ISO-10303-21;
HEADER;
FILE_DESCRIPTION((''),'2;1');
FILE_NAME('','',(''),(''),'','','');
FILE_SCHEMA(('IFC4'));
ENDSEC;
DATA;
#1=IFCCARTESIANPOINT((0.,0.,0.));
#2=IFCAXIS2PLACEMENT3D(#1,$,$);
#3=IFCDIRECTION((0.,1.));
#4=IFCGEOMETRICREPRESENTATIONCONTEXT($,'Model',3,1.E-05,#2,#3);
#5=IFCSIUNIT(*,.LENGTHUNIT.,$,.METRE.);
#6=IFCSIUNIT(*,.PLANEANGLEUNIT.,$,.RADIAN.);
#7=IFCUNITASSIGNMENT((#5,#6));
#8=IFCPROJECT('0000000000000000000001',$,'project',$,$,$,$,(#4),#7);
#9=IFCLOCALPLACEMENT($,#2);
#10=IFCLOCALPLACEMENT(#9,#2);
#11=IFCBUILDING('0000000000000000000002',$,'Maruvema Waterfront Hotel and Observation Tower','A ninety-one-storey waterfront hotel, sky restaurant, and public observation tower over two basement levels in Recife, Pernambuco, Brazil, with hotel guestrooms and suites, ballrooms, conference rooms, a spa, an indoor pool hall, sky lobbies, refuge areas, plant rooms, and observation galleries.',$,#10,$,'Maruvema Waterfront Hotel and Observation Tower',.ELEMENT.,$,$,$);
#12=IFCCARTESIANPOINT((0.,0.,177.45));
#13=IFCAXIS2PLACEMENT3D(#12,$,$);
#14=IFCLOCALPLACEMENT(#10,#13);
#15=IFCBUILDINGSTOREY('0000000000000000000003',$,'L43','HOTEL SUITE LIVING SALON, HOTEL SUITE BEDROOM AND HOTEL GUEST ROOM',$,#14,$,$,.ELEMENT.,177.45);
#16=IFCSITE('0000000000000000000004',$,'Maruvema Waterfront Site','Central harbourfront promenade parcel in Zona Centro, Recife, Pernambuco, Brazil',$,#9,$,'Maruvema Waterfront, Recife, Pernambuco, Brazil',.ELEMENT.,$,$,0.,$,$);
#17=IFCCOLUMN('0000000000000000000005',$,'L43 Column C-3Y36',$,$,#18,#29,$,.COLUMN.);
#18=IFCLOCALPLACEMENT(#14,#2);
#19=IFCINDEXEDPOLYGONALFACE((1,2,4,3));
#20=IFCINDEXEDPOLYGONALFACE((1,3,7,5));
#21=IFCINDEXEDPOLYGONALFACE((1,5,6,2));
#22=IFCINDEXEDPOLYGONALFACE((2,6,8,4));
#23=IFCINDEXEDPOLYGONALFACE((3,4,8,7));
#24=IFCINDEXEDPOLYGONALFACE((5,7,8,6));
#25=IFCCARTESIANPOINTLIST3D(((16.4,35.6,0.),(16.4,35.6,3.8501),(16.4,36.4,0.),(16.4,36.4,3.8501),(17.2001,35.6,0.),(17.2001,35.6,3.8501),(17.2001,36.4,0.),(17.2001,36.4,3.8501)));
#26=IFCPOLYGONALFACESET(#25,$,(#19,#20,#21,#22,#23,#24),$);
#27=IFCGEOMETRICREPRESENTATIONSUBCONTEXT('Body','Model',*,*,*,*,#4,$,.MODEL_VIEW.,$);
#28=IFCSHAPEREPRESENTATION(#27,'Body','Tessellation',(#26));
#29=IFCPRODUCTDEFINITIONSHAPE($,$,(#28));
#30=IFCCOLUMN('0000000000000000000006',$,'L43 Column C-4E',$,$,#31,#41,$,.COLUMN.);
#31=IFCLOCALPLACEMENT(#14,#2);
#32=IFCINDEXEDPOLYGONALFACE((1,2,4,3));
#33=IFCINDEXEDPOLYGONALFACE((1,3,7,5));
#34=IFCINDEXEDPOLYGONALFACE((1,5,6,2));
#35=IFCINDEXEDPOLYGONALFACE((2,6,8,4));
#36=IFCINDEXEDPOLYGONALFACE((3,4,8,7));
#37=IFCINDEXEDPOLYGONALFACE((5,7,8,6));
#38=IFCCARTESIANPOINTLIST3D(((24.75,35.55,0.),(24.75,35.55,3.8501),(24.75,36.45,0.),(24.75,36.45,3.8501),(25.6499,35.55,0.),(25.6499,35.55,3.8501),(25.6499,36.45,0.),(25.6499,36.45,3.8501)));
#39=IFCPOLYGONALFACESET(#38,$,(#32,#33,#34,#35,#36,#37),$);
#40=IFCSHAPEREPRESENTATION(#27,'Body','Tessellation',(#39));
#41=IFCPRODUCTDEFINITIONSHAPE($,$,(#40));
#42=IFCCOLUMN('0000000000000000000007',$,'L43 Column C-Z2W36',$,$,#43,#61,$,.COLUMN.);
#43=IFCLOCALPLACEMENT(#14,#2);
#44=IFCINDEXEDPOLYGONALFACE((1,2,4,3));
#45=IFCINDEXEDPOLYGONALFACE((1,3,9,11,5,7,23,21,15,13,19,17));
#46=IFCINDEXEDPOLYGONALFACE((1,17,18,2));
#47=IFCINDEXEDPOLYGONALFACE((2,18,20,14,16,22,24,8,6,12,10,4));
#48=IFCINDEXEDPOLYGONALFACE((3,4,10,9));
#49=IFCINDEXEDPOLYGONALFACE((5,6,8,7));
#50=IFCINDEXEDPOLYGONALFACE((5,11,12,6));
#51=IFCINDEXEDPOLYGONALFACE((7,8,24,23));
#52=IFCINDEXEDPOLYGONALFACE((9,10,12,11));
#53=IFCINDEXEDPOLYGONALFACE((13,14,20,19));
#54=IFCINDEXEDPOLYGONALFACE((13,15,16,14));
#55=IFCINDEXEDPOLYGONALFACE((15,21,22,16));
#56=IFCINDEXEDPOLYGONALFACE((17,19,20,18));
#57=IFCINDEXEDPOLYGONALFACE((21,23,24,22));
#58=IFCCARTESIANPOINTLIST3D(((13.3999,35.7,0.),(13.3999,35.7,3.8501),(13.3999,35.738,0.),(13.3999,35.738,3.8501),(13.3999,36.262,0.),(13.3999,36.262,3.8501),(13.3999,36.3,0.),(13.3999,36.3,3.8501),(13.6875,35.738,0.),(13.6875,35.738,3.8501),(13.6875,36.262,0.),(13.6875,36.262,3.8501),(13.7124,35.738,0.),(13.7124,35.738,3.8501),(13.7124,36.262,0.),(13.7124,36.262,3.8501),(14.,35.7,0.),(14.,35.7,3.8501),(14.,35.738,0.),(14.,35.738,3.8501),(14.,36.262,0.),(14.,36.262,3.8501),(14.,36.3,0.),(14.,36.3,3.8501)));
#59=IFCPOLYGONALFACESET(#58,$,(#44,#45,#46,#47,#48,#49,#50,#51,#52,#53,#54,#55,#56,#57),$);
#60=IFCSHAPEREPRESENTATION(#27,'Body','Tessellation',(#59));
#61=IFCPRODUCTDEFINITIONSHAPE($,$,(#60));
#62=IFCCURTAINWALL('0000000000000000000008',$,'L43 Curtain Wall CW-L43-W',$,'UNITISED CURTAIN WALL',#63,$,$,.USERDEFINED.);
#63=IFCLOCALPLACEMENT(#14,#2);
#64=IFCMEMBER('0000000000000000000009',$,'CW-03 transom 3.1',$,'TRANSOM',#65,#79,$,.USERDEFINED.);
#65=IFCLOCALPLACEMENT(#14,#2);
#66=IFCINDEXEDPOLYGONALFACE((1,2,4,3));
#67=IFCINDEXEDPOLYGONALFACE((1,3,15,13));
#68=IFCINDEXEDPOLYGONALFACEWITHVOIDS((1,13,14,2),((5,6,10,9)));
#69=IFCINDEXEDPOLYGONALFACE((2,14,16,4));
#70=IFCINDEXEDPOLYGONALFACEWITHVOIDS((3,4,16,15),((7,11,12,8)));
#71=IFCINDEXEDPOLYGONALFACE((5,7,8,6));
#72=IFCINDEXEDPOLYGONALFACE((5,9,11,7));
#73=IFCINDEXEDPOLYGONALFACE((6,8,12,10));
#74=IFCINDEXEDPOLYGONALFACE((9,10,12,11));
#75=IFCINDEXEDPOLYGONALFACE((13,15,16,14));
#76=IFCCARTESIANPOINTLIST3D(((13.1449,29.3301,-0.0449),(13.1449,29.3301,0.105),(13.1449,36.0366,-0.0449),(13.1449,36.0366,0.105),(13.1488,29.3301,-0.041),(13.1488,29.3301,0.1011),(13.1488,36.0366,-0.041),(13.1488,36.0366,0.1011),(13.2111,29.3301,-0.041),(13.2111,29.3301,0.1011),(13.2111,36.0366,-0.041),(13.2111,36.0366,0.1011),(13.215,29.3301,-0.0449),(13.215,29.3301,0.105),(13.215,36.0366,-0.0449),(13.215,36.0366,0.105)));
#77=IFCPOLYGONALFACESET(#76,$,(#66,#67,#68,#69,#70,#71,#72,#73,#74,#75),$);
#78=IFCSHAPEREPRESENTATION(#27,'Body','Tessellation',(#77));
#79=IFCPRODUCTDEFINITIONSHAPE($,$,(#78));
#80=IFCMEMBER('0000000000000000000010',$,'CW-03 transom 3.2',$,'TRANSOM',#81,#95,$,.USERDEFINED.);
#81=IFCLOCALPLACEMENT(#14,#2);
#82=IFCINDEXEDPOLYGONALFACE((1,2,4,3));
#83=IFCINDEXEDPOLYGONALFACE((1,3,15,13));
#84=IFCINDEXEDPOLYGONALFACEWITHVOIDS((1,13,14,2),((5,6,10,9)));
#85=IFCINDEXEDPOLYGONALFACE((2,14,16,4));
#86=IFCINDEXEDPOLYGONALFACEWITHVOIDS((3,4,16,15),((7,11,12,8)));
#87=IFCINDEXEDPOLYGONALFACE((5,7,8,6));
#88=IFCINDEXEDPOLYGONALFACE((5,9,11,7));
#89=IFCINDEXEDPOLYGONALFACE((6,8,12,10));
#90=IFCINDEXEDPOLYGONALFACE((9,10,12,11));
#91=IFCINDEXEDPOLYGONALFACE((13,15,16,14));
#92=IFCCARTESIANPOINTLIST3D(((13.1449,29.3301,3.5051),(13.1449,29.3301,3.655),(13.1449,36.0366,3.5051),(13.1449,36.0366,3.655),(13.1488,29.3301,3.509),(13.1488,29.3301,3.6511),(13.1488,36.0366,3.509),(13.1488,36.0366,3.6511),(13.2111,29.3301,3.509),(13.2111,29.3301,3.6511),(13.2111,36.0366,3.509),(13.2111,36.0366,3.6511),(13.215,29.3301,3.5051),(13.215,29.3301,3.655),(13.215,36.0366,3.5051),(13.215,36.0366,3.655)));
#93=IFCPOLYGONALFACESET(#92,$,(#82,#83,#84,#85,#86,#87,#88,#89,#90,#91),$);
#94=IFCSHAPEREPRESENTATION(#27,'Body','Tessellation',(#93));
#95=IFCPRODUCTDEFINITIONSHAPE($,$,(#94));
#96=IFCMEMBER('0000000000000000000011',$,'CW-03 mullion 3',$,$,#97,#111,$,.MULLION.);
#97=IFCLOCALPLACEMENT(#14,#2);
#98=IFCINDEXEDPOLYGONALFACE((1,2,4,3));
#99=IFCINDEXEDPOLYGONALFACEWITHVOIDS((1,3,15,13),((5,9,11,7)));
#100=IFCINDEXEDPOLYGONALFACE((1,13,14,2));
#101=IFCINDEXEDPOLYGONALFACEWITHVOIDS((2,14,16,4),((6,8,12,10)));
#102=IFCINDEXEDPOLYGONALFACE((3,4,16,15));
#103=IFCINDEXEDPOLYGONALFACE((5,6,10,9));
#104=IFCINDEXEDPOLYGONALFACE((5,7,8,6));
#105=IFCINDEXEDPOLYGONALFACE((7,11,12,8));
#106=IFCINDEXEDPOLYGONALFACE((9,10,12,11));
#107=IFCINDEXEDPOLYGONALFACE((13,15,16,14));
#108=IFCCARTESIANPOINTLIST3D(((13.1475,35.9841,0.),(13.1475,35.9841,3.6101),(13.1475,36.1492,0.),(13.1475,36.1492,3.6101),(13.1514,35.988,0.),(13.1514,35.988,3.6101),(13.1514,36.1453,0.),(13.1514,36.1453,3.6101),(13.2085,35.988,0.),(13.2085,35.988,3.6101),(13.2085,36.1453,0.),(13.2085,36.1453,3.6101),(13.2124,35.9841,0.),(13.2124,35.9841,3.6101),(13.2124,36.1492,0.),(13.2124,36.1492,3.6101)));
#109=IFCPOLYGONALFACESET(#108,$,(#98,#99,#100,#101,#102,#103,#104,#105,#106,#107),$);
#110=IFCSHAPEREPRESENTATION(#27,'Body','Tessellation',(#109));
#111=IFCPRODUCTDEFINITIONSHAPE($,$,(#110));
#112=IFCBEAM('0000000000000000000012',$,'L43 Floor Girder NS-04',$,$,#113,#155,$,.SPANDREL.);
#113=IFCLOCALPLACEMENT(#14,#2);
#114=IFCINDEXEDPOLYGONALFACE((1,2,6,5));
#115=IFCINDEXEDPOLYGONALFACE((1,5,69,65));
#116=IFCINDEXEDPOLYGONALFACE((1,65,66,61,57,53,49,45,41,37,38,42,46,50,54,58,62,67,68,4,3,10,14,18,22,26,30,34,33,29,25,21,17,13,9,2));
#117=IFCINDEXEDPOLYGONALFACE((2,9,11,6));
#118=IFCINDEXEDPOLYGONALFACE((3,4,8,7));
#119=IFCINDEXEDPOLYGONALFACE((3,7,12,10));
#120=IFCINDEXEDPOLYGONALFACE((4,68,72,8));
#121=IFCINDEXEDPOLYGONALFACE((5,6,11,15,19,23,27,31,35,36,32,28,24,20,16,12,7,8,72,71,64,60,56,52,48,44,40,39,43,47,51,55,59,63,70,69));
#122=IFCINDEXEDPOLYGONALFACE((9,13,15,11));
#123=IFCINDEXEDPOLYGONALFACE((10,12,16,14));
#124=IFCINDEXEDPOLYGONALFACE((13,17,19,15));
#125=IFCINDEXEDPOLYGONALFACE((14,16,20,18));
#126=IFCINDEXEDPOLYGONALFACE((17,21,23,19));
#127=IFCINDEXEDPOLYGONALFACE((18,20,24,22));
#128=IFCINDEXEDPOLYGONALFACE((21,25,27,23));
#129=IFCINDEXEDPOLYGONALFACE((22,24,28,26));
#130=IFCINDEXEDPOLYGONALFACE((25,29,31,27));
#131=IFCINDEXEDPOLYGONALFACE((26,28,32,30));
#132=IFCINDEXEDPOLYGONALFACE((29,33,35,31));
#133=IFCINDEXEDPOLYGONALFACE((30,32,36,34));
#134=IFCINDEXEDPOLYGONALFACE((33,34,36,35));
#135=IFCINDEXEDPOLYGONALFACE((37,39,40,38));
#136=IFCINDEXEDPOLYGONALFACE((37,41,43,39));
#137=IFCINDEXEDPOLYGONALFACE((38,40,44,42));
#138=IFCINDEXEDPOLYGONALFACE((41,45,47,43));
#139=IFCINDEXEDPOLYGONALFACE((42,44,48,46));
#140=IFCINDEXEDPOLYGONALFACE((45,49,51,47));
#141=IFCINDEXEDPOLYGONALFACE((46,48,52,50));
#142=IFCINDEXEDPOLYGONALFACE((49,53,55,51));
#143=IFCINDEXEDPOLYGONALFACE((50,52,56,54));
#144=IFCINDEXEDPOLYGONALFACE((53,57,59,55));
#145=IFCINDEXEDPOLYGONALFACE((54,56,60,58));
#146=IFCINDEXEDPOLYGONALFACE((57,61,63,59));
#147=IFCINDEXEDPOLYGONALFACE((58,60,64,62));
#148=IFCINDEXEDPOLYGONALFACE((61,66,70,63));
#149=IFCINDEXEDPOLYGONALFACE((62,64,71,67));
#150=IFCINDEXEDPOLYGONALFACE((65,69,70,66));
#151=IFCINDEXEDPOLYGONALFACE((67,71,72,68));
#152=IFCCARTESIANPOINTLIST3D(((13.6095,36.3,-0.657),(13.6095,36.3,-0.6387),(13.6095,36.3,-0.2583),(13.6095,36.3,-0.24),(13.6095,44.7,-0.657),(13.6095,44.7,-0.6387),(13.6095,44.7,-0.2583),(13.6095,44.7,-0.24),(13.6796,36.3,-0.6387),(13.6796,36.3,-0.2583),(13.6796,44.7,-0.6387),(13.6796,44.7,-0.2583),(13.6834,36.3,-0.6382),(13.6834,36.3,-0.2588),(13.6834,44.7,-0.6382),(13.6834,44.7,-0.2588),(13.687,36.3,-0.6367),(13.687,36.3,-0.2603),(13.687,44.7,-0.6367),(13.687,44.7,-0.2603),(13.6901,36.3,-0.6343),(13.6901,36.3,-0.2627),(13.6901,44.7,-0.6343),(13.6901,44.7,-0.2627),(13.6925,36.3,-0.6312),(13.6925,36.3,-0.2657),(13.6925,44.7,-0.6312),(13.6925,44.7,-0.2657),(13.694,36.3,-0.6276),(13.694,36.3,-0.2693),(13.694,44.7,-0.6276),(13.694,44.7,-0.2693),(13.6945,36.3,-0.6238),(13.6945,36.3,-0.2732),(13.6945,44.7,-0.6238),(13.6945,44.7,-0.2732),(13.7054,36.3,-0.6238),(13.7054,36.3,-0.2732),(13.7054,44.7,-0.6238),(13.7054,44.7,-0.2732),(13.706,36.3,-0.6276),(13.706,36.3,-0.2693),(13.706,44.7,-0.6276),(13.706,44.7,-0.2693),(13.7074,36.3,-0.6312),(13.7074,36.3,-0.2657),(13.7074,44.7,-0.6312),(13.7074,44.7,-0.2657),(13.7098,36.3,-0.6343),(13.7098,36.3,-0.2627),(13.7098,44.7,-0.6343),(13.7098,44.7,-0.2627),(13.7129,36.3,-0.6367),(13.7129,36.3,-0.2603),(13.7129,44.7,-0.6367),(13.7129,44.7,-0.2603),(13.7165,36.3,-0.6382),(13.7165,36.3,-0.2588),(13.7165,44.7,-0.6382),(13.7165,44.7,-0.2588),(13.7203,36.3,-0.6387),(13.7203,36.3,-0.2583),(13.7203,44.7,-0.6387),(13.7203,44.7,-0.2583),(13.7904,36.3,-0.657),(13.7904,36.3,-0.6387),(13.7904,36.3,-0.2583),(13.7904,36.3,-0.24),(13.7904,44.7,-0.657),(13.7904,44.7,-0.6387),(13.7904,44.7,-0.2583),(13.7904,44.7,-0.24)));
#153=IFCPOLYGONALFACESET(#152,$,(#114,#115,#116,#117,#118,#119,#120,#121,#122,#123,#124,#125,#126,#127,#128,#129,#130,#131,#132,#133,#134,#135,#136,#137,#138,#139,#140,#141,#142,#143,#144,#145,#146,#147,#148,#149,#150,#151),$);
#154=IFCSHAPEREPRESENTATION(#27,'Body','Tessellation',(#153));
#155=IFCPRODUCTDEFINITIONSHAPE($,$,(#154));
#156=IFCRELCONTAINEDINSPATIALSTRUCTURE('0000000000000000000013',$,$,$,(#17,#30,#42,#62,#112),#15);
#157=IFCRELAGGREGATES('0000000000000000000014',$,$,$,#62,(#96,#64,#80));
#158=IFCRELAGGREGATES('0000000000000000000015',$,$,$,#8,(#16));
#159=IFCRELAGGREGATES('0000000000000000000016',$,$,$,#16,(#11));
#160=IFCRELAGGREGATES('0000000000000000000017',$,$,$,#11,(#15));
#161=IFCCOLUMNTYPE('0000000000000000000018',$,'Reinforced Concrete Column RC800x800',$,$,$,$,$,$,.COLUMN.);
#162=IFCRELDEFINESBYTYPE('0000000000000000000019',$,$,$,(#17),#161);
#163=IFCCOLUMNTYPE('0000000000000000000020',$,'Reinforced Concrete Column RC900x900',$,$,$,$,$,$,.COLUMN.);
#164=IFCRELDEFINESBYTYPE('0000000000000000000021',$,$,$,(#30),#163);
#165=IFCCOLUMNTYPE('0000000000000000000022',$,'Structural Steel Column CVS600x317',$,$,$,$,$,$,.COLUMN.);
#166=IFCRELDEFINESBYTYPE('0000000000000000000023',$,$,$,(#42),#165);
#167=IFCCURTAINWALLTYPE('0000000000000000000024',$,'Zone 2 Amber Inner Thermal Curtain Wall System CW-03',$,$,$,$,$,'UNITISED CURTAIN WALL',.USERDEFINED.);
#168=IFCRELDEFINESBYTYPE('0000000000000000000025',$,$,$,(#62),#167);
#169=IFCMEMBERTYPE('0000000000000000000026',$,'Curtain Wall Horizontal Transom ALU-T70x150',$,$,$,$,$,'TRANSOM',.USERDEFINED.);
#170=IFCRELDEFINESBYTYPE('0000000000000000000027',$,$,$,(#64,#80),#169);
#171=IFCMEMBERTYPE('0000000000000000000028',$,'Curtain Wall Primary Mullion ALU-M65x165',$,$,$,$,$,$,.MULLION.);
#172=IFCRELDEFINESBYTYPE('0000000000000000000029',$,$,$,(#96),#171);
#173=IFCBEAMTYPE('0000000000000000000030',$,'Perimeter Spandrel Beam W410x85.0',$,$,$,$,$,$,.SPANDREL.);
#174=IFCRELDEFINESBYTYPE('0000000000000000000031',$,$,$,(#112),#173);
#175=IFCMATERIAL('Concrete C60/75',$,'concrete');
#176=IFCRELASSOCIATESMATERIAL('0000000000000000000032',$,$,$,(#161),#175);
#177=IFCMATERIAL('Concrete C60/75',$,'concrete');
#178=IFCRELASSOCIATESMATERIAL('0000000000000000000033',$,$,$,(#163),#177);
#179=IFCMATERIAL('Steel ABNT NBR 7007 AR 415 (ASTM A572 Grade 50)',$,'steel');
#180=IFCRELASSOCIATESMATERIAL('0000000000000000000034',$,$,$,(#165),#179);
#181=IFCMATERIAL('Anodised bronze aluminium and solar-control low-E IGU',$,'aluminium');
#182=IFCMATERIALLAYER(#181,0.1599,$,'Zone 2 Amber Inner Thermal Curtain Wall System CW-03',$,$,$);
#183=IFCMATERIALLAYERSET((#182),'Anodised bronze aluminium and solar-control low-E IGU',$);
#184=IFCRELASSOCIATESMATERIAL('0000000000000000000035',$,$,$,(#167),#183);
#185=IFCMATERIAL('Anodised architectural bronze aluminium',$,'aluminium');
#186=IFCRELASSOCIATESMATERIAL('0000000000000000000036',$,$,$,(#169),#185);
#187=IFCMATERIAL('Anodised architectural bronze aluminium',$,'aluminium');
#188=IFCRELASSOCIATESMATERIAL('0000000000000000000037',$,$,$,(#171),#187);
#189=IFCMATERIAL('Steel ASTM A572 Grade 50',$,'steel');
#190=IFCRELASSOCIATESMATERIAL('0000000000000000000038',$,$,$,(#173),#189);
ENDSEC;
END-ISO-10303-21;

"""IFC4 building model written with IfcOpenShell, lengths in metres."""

from ifc_helpers import new_model, si_unit, direction, frame, origin, origin_2d, place, context, subcontext, project, spatial, rectangle, hollow_rectangle, i_section, extrude, material, layer, layer_set, material_profile, profile_set, type_object, element, aggregate, save


model = new_model("IFC4")

# Units and contexts
model_context = context("Model", 3, precision=1e-05, world=origin(), true_north=direction((0.0, 1.0)))
body_context = subcontext(model_context, "Body", "Model", "MODEL_VIEW")
ifc_project = project(units=[si_unit("LENGTHUNIT", "METRE"), si_unit("PLANEANGLEUNIT", "RADIAN")], contexts=[model_context])

# Site, building, storey
site_placement = place(None, origin())
site = spatial("IfcSite", under=ifc_project, at=site_placement, Name="Maruvema Waterfront Site", Description="Central harbourfront promenade parcel in Zona Centro, Recife, Pernambuco, Brazil", LongName="Maruvema Waterfront, Recife, Pernambuco, Brazil", CompositionType="ELEMENT", RefElevation=0.0)
building_placement = place(site_placement, origin())
building = spatial("IfcBuilding", under=site, at=building_placement, Name="Maruvema Waterfront Hotel and Observation Tower", Description="A ninety-one-storey waterfront hotel, sky restaurant, and public observation tower over two basement levels in Recife, Pernambuco, Brazil, with hotel guestrooms and suites, ballrooms, conference rooms, a spa, an indoor pool hall, sky lobbies, refuge areas, plant rooms, and observation galleries.", LongName="Maruvema Waterfront Hotel and Observation Tower", CompositionType="ELEMENT")
storey_placement = place(building_placement, frame((0.0, 0.0, 177.45)))
storey = spatial("IfcBuildingStorey", under=building, at=storey_placement, Name="L43", Description="HOTEL SUITE LIVING SALON, HOTEL SUITE BEDROOM AND HOTEL GUEST ROOM", CompositionType="ELEMENT", Elevation=177.45)

# Columns
ifc_material_1 = material(Name="Concrete C60/75", Category="concrete")
ifc_material_profile_1 = material_profile(ifc_material_1, rectangle(XDim=0.8, YDim=0.8, at=origin_2d()), Name="RC800x800")
ifc_profile_set_1 = profile_set([ifc_material_profile_1], Name="Concrete C60/75")
column_type_1 = type_object("IfcColumnType", Name="Reinforced Concrete Column RC800x800", PredefinedType="COLUMN", material=ifc_profile_set_1)
column_1_placement = place(storey_placement, frame((16.8, 36.0, 0.0), z_axis=(0.0, 0.0, 1.0), x_axis=(1.0, 0.0, 0.0)))
element("IfcColumn", 1, at=column_1_placement, inside=storey, type_object=column_type_1, Name="L43 Column C-3Y36", PredefinedType="COLUMN", context=body_context, shape_type="SweptSolid", body=[
    extrude(rectangle(XDim=0.8, YDim=0.8, at=origin_2d()), origin(), (0.0, 0.0, 1.0), 3.8501),
])
ifc_material_2 = material(Name="Concrete C60/75", Category="concrete")
ifc_material_profile_2 = material_profile(ifc_material_2, rectangle(XDim=0.8999, YDim=0.8999, at=origin_2d()), Name="RC900x900")
ifc_profile_set_2 = profile_set([ifc_material_profile_2], Name="Concrete C60/75")
column_type_2 = type_object("IfcColumnType", Name="Reinforced Concrete Column RC900x900", PredefinedType="COLUMN", material=ifc_profile_set_2)
column_2_placement = place(storey_placement, frame((25.2, 36.0, 0.0), z_axis=(0.0, 0.0, 1.0), x_axis=(1.0, 0.0, 0.0)))
element("IfcColumn", 2, at=column_2_placement, inside=storey, type_object=column_type_2, Name="L43 Column C-4E", PredefinedType="COLUMN", context=body_context, shape_type="SweptSolid", body=[
    extrude(rectangle(XDim=0.8999, YDim=0.8999, at=origin_2d()), origin(), (0.0, 0.0, 1.0), 3.8501),
])
ifc_material_3 = material(Name="Steel ABNT NBR 7007 AR 415 (ASTM A572 Grade 50)", Category="steel")
ifc_material_profile_3 = material_profile(ifc_material_3, i_section(OverallWidth=0.6001, OverallDepth=0.6001, WebThickness=0.0249, FlangeThickness=0.0381, at=origin_2d()), Name="CVS600x317")
ifc_profile_set_3 = profile_set([ifc_material_profile_3], Name="Steel ABNT NBR 7007 AR 415 (ASTM A572 Grade 50)")
column_type_3 = type_object("IfcColumnType", Name="Structural Steel Column CVS600x317", PredefinedType="COLUMN", material=ifc_profile_set_3)
column_3_placement = place(storey_placement, frame((13.7, 36.0, 0.0), z_axis=(0.0, 0.0, 1.0), x_axis=(1.0, 0.0, 0.0)))
element("IfcColumn", 3, at=column_3_placement, inside=storey, type_object=column_type_3, Name="L43 Column C-Z2W36", PredefinedType="COLUMN", context=body_context, shape_type="SweptSolid", body=[
    extrude(i_section(OverallWidth=0.6001, OverallDepth=0.6001, WebThickness=0.0249, FlangeThickness=0.0381, at=origin_2d()), origin(), (0.0, 0.0, 1.0), 3.8501),
])

# Curtain wall, members
ifc_material_4 = material(Name="Anodised bronze aluminium and solar-control low-E IGU", Category="aluminium")
ifc_layer_1 = layer(ifc_material_4, 0.1599, Name="Zone 2 Amber Inner Thermal Curtain Wall System CW-03")
ifc_layer_set_1 = layer_set([ifc_layer_1], Name="Anodised bronze aluminium and solar-control low-E IGU")
curtain_wall_type = type_object("IfcCurtainWallType", Name="Zone 2 Amber Inner Thermal Curtain Wall System CW-03", ElementType="UNITISED CURTAIN WALL", PredefinedType="USERDEFINED", material=ifc_layer_set_1)
curtain_wall_placement = place(storey_placement, origin())
curtain_wall = element("IfcCurtainWall", 4, at=curtain_wall_placement, inside=storey, type_object=curtain_wall_type, Name="L43 Curtain Wall CW-L43-W", ObjectType="UNITISED CURTAIN WALL", PredefinedType="USERDEFINED")
ifc_material_5 = material(Name="Anodised architectural bronze aluminium", Category="aluminium")
ifc_material_profile_4 = material_profile(ifc_material_5, hollow_rectangle(XDim=0.0701, YDim=0.1499, WallThickness=0.0039, at=origin_2d()), Name="ALU-T70x150")
ifc_profile_set_4 = profile_set([ifc_material_profile_4], Name="Anodised architectural bronze aluminium")
member_type_1 = type_object("IfcMemberType", Name="Curtain Wall Horizontal Transom ALU-T70x150", ElementType="TRANSOM", PredefinedType="USERDEFINED", material=ifc_profile_set_4)
member_1_placement = place(storey_placement, frame((13.1799, 36.0366, 0.03), z_axis=(0.0, -1.0, 0.0), x_axis=(1.0, 0.0, 0.0)))
member_1 = element("IfcMember", 5, at=member_1_placement, type_object=member_type_1, Name="CW-03 transom 3.1", ObjectType="TRANSOM", PredefinedType="USERDEFINED", context=body_context, shape_type="SweptSolid", body=[
    extrude(hollow_rectangle(XDim=0.0701, YDim=0.1499, WallThickness=0.0039, at=origin_2d()), origin(), (0.0, 0.0, 1.0), 6.7065),
])
member_2_placement = place(storey_placement, frame((13.1799, 36.0366, 3.5801), z_axis=(0.0, -1.0, 0.0), x_axis=(1.0, 0.0, 0.0)))
member_2 = element("IfcMember", 6, at=member_2_placement, type_object=member_type_1, Name="CW-03 transom 3.2", ObjectType="TRANSOM", PredefinedType="USERDEFINED", context=body_context, shape_type="SweptSolid", body=[
    extrude(hollow_rectangle(XDim=0.0701, YDim=0.1499, WallThickness=0.0039, at=origin_2d()), origin(), (0.0, 0.0, 1.0), 6.7065),
])
ifc_material_6 = material(Name="Anodised architectural bronze aluminium", Category="aluminium")
ifc_material_profile_5 = material_profile(ifc_material_6, hollow_rectangle(XDim=0.0649, YDim=0.165, WallThickness=0.0039, at=origin_2d()), Name="ALU-M65x165")
ifc_profile_set_5 = profile_set([ifc_material_profile_5], Name="Anodised architectural bronze aluminium")
member_type_2 = type_object("IfcMemberType", Name="Curtain Wall Primary Mullion ALU-M65x165", PredefinedType="MULLION", material=ifc_profile_set_5)
member_3_placement = place(storey_placement, frame((13.1799, 36.0667, 0.0), z_axis=(0.0, 0.0, 1.0), x_axis=(1.0, 0.0, 0.0)))
member_3 = element("IfcMember", 7, at=member_3_placement, type_object=member_type_2, Name="CW-03 mullion 3", PredefinedType="MULLION", context=body_context, shape_type="SweptSolid", body=[
    extrude(hollow_rectangle(XDim=0.0649, YDim=0.165, WallThickness=0.0039, at=origin_2d()), origin(), (0.0, 0.0, 1.0), 3.6101),
])

# Beam
ifc_material_7 = material(Name="Steel ASTM A572 Grade 50", Category="steel")
ifc_material_profile_6 = material_profile(ifc_material_7, i_section(OverallWidth=0.1809, OverallDepth=0.417, WebThickness=0.011, FlangeThickness=0.0183, FilletRadius=0.0149, at=origin_2d()), Name="W410x85.0")
ifc_profile_set_6 = profile_set([ifc_material_profile_6], Name="Steel ASTM A572 Grade 50")
beam_type_1 = type_object("IfcBeamType", Name="Perimeter Spandrel Beam W410x85.0", PredefinedType="SPANDREL", material=ifc_profile_set_6)
beam_1_placement = place(storey_placement, frame((13.7, 36.3, -0.4485), z_axis=(0.0, 1.0, 0.0), x_axis=(-1.0, 0.0, 0.0)))
element("IfcBeam", 8, at=beam_1_placement, inside=storey, type_object=beam_type_1, Name="L43 Floor Girder NS-04", PredefinedType="SPANDREL", context=body_context, shape_type="SweptSolid", body=[
    extrude(i_section(OverallWidth=0.1809, OverallDepth=0.417, WebThickness=0.011, FlangeThickness=0.0183, FilletRadius=0.0149, at=origin_2d()), origin(), (0.0, 0.0, 1.0), 8.3999),
])

aggregate(curtain_wall, [member_3, member_1, member_2])

save(model, "model.ifc")
